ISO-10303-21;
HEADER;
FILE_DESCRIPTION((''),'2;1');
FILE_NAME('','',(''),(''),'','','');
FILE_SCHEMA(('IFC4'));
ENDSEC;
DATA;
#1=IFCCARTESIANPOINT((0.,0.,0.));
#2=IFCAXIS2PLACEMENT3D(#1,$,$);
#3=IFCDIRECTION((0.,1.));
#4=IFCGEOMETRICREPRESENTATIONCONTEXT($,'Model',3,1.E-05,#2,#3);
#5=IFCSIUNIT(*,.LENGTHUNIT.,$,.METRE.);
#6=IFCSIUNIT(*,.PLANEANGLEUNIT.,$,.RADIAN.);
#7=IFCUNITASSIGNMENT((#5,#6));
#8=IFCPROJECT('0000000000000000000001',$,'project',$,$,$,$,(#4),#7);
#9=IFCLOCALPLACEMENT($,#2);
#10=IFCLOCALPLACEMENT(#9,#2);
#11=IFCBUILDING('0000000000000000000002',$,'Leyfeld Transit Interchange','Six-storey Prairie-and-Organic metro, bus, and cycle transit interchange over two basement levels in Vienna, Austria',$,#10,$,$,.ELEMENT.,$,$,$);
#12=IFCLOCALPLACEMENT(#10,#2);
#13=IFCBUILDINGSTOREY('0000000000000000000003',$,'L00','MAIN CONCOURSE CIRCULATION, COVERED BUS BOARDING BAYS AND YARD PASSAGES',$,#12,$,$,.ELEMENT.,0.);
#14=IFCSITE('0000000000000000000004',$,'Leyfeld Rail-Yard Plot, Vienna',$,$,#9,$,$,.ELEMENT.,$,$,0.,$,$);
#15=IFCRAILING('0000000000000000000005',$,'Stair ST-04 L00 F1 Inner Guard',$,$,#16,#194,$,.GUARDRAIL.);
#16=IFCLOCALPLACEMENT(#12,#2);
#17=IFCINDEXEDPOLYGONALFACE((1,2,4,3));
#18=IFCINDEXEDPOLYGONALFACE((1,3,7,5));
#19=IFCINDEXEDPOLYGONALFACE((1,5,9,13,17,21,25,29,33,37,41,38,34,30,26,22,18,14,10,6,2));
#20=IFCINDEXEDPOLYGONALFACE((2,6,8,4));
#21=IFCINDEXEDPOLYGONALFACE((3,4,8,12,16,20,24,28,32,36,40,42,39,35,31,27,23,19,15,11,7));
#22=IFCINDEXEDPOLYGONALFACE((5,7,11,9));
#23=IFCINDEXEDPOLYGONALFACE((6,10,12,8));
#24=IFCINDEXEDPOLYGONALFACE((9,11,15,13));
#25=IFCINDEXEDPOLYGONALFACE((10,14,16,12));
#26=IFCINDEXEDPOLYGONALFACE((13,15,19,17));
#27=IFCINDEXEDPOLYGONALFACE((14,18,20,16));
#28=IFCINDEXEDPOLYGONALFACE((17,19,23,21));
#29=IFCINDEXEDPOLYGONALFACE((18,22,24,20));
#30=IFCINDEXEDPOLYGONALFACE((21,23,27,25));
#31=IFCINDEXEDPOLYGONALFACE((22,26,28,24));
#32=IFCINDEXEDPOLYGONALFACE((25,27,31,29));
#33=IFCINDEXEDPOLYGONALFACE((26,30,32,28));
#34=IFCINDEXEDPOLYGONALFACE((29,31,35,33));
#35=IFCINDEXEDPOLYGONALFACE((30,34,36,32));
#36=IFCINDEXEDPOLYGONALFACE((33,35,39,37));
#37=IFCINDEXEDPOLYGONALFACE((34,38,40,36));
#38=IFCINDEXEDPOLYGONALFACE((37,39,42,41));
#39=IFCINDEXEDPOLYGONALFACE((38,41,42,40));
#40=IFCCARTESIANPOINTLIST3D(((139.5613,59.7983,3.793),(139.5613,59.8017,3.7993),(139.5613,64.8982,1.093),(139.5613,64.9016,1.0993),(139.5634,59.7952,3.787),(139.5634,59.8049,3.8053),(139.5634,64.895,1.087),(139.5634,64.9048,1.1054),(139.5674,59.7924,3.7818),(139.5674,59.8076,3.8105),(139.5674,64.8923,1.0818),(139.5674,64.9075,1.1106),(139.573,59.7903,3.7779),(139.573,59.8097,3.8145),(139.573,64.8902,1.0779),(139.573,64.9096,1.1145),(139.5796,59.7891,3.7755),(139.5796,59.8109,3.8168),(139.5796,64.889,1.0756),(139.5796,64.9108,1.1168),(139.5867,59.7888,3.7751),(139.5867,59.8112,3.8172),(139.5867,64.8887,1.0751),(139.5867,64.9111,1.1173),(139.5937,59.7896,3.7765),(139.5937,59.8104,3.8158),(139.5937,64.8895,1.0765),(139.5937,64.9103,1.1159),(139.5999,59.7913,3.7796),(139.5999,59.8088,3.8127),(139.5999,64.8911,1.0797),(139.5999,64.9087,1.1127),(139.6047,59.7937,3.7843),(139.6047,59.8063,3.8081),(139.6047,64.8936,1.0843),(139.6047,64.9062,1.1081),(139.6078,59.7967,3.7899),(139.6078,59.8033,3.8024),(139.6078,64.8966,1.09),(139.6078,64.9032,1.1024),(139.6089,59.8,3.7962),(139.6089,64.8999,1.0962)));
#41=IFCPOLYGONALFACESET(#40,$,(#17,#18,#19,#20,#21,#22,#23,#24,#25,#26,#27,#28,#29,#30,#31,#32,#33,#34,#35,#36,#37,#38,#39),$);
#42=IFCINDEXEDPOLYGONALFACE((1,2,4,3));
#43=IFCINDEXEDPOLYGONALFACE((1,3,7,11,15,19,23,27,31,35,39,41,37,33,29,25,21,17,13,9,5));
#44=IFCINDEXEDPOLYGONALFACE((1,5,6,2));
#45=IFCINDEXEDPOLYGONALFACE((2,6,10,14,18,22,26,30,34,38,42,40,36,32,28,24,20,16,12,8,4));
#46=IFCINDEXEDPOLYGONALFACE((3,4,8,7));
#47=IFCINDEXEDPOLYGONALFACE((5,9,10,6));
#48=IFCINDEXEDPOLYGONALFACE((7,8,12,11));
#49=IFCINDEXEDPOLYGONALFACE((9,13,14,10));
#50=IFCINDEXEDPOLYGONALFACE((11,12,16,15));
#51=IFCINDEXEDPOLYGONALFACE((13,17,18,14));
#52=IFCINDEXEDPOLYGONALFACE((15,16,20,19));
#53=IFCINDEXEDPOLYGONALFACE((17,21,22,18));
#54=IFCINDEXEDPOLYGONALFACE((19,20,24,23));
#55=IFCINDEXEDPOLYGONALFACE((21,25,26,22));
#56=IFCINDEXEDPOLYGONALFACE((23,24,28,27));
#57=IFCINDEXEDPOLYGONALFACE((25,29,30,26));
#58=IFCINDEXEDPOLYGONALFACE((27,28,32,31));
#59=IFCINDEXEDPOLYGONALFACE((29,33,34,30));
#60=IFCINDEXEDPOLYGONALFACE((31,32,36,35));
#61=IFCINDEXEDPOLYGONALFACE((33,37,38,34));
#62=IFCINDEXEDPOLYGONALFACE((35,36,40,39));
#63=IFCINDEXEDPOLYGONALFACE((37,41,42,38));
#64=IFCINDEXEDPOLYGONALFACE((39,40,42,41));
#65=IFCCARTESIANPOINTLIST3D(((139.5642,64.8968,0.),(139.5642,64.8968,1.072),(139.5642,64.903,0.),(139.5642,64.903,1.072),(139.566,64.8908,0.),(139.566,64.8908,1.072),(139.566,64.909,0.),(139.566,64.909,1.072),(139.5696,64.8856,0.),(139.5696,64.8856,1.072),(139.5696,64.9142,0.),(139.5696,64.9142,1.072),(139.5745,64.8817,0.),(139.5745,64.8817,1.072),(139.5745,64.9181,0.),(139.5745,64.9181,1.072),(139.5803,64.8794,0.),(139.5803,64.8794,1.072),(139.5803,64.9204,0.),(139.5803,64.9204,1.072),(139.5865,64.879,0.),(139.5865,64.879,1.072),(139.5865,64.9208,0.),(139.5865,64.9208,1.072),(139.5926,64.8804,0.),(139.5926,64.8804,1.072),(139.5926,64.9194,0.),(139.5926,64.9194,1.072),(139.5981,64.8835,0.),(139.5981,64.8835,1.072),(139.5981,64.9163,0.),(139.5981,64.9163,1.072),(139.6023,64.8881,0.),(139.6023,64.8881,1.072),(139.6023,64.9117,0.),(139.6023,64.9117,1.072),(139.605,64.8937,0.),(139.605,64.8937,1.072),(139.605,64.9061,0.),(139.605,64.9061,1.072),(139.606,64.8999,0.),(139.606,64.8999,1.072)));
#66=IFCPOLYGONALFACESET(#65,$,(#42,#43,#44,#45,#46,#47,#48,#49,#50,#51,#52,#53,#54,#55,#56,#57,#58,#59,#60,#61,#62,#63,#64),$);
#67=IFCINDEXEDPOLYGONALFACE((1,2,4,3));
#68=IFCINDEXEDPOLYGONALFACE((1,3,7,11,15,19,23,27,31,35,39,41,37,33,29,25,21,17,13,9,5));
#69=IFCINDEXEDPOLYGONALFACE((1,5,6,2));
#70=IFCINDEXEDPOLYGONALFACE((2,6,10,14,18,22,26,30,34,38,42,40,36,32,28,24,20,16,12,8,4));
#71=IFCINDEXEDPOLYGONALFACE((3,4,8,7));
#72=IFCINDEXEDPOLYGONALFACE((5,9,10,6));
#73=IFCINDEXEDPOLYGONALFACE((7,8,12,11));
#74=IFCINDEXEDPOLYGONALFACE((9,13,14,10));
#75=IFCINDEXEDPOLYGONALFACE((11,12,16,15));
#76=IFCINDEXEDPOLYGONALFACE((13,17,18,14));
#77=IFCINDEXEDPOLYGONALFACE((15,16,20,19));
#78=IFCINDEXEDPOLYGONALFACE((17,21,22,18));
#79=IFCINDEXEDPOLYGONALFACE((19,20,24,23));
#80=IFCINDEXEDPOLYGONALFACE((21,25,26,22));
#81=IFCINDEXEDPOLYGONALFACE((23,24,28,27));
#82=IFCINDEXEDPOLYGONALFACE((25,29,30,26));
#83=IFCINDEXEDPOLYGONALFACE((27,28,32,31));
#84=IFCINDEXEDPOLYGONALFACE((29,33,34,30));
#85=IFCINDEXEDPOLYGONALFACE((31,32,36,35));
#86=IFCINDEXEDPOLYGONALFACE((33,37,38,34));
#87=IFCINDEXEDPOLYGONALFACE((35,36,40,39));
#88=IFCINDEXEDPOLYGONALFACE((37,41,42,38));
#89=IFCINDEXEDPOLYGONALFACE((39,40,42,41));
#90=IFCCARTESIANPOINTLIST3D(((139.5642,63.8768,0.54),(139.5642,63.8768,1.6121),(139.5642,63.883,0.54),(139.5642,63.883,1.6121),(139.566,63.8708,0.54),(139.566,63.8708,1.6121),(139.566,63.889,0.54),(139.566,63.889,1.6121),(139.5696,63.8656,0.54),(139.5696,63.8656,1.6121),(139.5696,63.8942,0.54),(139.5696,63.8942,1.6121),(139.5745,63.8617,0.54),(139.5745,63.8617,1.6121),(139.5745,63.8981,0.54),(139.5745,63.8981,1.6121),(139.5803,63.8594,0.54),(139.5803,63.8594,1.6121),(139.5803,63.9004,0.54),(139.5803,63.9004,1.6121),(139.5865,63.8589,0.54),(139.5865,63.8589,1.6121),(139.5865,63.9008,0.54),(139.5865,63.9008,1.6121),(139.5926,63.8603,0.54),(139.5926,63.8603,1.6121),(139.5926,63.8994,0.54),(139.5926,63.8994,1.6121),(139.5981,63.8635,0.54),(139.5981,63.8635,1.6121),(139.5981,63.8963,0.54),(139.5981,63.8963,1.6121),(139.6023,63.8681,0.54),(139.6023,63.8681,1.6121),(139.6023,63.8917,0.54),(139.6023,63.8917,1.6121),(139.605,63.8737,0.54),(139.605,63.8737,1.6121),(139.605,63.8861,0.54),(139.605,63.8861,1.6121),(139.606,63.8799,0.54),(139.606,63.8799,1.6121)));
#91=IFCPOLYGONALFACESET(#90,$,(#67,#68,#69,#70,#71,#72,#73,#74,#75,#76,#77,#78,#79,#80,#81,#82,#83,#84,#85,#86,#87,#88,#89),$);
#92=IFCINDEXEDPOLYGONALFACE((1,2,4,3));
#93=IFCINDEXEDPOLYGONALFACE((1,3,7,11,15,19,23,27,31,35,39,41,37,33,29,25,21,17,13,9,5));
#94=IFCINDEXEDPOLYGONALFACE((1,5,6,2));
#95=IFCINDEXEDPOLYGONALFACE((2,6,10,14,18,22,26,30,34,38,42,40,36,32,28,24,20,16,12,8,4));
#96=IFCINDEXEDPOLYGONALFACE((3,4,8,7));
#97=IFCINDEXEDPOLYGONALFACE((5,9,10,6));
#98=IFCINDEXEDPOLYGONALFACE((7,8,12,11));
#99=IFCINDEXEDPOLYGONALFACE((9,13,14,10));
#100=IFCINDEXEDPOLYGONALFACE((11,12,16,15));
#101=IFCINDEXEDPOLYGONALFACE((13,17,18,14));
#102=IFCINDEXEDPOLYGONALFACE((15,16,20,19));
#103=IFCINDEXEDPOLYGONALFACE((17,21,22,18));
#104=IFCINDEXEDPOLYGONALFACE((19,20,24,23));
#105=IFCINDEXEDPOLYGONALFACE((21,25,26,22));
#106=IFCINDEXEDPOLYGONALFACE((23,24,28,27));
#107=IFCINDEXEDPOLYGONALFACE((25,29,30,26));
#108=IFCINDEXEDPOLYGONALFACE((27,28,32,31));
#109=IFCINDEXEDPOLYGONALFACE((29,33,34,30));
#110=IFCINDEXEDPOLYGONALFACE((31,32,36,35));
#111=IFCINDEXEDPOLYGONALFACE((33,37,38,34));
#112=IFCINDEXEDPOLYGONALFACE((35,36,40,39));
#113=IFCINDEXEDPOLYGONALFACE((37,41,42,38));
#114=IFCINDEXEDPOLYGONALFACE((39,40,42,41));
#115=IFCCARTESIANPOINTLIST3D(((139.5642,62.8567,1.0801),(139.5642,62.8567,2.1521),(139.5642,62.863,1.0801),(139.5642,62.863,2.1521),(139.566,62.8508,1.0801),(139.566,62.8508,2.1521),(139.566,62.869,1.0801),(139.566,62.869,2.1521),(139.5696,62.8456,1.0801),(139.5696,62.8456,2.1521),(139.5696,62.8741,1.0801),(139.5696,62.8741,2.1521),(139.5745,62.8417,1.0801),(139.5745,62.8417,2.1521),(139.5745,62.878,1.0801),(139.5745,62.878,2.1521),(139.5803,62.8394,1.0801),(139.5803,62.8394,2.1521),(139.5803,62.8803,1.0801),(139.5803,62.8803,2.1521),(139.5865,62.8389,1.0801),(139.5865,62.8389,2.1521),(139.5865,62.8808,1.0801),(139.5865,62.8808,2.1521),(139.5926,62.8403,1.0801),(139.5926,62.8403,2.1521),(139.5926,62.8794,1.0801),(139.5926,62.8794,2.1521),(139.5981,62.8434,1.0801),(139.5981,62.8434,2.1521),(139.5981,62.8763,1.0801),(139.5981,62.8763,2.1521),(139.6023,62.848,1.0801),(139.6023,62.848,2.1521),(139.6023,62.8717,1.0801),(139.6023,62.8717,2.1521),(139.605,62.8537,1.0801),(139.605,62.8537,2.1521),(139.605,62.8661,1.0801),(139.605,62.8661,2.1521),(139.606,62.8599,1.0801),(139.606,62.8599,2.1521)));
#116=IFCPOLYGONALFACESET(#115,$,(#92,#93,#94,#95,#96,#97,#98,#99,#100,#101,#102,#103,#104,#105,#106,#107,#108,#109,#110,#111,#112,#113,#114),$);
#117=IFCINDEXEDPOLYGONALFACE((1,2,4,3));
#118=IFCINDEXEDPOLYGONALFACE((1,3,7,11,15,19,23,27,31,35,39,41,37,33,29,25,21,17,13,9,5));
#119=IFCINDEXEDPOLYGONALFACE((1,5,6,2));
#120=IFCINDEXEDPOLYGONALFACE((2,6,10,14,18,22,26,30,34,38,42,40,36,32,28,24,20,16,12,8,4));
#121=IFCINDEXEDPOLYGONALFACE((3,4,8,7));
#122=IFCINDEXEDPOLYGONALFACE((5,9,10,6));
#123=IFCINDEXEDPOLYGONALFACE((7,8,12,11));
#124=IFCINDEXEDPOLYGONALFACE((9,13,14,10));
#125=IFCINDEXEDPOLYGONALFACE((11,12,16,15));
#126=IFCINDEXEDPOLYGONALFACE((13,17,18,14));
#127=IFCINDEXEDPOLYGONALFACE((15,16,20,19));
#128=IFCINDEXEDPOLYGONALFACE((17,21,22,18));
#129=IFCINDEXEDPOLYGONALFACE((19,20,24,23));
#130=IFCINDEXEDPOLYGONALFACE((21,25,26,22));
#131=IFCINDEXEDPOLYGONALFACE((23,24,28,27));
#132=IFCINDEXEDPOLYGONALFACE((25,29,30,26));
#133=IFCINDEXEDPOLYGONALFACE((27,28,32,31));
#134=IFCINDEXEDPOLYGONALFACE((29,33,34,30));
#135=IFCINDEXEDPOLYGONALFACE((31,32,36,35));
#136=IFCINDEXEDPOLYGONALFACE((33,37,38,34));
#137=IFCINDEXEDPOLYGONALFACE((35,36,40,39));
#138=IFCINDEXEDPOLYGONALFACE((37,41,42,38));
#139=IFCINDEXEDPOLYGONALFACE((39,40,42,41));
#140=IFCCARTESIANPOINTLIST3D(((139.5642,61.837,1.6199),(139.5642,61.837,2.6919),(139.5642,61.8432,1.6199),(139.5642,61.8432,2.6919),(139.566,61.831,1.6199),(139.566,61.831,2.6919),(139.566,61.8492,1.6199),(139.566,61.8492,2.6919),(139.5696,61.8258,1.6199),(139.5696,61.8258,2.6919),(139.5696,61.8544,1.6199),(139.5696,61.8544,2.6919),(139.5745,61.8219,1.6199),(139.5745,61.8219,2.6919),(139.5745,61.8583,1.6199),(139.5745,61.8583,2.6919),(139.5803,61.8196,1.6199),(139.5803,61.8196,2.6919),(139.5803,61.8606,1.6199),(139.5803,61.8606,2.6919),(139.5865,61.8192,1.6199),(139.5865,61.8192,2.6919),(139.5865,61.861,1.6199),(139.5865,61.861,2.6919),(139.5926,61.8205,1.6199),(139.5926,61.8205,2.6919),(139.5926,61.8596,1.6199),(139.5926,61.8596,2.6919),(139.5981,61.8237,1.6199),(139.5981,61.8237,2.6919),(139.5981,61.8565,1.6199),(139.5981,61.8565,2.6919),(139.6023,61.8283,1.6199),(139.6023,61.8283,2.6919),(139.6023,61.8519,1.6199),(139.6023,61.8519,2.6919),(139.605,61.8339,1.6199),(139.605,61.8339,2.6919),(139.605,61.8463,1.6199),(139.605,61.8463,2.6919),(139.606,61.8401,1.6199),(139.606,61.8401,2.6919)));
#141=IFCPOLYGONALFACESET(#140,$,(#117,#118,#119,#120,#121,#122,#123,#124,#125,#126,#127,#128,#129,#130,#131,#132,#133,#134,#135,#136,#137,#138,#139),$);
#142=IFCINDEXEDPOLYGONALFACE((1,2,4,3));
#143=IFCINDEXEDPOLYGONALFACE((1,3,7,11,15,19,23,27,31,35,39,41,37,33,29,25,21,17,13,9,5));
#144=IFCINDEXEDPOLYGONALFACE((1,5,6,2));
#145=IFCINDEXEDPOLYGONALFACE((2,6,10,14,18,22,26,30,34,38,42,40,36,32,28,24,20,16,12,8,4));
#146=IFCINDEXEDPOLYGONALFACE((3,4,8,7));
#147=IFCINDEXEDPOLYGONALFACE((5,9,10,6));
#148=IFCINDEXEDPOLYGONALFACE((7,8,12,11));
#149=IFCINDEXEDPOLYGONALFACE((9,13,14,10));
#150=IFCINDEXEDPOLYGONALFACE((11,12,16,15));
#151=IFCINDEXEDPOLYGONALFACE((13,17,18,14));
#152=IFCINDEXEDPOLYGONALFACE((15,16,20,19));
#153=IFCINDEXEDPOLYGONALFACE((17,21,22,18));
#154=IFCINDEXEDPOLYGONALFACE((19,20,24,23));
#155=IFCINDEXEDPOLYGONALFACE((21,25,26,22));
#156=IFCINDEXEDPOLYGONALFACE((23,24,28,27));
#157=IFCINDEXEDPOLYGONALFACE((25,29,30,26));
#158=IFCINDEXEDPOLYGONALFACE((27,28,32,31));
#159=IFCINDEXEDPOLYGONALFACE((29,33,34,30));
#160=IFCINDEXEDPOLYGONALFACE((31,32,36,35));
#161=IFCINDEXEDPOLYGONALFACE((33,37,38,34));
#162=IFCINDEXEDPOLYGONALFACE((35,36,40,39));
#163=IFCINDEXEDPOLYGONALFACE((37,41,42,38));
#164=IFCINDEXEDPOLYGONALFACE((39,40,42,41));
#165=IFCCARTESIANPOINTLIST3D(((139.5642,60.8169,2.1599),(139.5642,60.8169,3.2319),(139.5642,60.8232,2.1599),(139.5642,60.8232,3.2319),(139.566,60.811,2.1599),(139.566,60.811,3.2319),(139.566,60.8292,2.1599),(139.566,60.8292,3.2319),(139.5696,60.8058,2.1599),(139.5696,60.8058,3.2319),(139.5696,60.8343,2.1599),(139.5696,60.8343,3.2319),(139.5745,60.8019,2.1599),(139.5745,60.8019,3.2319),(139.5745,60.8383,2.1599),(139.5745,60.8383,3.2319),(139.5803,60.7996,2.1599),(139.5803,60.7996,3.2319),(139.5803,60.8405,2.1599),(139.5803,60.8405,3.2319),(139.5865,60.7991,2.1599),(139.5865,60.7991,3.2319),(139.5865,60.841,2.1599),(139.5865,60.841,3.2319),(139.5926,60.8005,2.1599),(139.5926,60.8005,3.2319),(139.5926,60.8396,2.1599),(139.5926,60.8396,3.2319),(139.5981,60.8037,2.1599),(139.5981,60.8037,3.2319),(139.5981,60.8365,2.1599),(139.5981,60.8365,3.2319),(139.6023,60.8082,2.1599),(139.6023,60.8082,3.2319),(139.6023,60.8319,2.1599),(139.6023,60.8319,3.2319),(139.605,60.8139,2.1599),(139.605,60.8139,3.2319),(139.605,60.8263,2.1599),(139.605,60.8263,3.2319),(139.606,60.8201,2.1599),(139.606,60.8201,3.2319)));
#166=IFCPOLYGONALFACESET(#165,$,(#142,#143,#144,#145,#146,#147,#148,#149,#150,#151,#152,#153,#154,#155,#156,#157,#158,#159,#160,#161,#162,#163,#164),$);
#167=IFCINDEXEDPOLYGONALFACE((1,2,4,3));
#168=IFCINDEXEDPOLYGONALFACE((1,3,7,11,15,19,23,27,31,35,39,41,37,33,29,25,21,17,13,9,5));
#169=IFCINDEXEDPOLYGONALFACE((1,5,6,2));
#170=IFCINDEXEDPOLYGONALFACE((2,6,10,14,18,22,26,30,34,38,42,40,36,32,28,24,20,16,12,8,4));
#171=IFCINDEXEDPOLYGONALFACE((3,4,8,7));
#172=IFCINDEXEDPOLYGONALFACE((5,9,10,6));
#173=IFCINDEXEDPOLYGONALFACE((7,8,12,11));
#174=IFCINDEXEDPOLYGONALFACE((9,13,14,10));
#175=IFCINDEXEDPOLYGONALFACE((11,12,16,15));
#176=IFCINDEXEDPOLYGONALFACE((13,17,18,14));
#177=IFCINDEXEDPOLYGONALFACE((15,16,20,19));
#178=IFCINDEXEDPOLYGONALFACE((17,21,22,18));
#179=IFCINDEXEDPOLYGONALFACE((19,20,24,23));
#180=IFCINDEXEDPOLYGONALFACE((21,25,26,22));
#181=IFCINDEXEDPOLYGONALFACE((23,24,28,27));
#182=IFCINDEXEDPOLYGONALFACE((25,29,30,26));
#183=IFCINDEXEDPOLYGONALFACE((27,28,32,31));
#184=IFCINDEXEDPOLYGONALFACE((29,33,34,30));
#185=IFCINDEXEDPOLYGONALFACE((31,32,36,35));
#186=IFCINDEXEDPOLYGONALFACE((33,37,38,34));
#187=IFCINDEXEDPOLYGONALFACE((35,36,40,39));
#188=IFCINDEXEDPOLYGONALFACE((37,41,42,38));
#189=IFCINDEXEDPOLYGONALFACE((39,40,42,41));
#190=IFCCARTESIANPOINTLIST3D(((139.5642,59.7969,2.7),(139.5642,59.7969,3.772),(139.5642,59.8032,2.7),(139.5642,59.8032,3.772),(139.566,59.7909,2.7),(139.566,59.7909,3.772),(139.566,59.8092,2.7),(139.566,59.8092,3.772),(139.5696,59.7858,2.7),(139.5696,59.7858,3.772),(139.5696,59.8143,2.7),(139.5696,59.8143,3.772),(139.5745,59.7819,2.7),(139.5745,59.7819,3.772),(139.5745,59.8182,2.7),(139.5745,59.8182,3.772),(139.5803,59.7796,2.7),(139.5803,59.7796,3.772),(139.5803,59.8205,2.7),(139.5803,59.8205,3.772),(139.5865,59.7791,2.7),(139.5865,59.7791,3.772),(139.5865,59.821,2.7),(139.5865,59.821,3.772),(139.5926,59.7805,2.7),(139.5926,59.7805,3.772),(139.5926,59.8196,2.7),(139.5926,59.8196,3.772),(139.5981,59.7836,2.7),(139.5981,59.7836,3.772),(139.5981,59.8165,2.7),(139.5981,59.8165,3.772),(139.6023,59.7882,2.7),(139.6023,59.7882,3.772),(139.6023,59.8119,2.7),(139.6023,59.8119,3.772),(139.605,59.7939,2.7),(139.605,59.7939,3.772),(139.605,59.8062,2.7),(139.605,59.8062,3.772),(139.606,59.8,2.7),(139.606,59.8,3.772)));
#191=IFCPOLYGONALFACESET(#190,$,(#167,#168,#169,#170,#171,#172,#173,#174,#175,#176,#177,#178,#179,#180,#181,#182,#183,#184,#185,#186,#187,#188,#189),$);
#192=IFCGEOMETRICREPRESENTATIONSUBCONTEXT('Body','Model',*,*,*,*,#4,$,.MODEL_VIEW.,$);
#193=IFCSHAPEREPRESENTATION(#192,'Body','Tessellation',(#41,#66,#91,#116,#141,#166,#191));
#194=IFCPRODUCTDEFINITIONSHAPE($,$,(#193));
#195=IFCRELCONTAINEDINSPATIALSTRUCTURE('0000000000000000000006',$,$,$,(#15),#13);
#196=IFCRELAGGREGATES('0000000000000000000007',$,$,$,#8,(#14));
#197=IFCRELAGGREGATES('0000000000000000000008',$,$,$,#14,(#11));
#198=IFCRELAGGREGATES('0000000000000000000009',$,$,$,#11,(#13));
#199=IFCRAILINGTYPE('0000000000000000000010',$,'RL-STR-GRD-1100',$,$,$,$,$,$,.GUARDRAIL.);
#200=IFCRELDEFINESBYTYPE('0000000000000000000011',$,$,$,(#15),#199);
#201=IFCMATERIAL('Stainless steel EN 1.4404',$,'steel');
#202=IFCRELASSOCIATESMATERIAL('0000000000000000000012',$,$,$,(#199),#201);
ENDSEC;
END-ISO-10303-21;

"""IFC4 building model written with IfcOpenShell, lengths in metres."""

from ifc_helpers import new_model, si_unit, direction, frame, origin, origin_2d, place, context, subcontext, project, spatial, circle, extrude, material, type_object, element, save


model = new_model("IFC4")

# Units and contexts
model_context = context("Model", 3, precision=1e-05, world=origin(), true_north=direction((0.0, 1.0)))
body_context = subcontext(model_context, "Body", "Model", "MODEL_VIEW")
ifc_project = project(units=[si_unit("LENGTHUNIT", "METRE"), si_unit("PLANEANGLEUNIT", "RADIAN")], contexts=[model_context])

# Site, building, storey
site_placement = place(None, origin())
site = spatial("IfcSite", under=ifc_project, at=site_placement, Name="Leyfeld Rail-Yard Plot, Vienna", CompositionType="ELEMENT", RefElevation=0.0)
building_placement = place(site_placement, origin())
building = spatial("IfcBuilding", under=site, at=building_placement, Name="Leyfeld Transit Interchange", Description="Six-storey Prairie-and-Organic metro, bus, and cycle transit interchange over two basement levels in Vienna, Austria", CompositionType="ELEMENT")
storey_placement = place(building_placement, origin())
storey = spatial("IfcBuildingStorey", under=building, at=storey_placement, Name="L00", Description="MAIN CONCOURSE CIRCULATION, COVERED BUS BOARDING BAYS AND YARD PASSAGES", CompositionType="ELEMENT", Elevation=0.0)

# Railing
ifc_material_1 = material(Name="Stainless steel EN 1.4404", Category="steel")
railing_type_1 = type_object("IfcRailingType", Name="RL-STR-GRD-1100", PredefinedType="GUARDRAIL", material=ifc_material_1)
for number, where, name in (
    (1, (139.585, 64.8999, 0.0), "Stair ST-04 L00 F1 Inner Guard"),
):
    element("IfcRailing", number, at=place(storey_placement, frame(where)), inside=storey, type_object=railing_type_1, Name=name, PredefinedType="GUARDRAIL", context=body_context, shape_type="SweptSolid", body=[
        extrude(circle(Radius=0.0239, at=origin_2d()), frame((0.0, 0.0, 1.0962), z_axis=(0.0, -0.883786, 0.467892), x_axis=(1.0, 0.0, 0.0)), (0.0, 0.0, 1.0), 5.7705),
        extrude(circle(Radius=0.021, at=origin_2d()), origin(), (0.0, 0.0, 1.0), 1.072),
        extrude(circle(Radius=0.021, at=origin_2d()), frame((0.0, -1.02, 0.54)), (0.0, 0.0, 1.0), 1.072),
        extrude(circle(Radius=0.021, at=origin_2d()), frame((0.0, -2.04, 1.0801)), (0.0, 0.0, 1.0), 1.072),
        extrude(circle(Radius=0.021, at=origin_2d()), frame((0.0, -3.0598, 1.6199)), (0.0, 0.0, 1.0), 1.072),
        extrude(circle(Radius=0.021, at=origin_2d()), frame((0.0, -4.0798, 2.1599)), (0.0, 0.0, 1.0), 1.072),
        extrude(circle(Radius=0.021, at=origin_2d()), frame((0.0, -5.0999, 2.7)), (0.0, 0.0, 1.0), 1.072),
    ])

save(model, "model.ifc")
